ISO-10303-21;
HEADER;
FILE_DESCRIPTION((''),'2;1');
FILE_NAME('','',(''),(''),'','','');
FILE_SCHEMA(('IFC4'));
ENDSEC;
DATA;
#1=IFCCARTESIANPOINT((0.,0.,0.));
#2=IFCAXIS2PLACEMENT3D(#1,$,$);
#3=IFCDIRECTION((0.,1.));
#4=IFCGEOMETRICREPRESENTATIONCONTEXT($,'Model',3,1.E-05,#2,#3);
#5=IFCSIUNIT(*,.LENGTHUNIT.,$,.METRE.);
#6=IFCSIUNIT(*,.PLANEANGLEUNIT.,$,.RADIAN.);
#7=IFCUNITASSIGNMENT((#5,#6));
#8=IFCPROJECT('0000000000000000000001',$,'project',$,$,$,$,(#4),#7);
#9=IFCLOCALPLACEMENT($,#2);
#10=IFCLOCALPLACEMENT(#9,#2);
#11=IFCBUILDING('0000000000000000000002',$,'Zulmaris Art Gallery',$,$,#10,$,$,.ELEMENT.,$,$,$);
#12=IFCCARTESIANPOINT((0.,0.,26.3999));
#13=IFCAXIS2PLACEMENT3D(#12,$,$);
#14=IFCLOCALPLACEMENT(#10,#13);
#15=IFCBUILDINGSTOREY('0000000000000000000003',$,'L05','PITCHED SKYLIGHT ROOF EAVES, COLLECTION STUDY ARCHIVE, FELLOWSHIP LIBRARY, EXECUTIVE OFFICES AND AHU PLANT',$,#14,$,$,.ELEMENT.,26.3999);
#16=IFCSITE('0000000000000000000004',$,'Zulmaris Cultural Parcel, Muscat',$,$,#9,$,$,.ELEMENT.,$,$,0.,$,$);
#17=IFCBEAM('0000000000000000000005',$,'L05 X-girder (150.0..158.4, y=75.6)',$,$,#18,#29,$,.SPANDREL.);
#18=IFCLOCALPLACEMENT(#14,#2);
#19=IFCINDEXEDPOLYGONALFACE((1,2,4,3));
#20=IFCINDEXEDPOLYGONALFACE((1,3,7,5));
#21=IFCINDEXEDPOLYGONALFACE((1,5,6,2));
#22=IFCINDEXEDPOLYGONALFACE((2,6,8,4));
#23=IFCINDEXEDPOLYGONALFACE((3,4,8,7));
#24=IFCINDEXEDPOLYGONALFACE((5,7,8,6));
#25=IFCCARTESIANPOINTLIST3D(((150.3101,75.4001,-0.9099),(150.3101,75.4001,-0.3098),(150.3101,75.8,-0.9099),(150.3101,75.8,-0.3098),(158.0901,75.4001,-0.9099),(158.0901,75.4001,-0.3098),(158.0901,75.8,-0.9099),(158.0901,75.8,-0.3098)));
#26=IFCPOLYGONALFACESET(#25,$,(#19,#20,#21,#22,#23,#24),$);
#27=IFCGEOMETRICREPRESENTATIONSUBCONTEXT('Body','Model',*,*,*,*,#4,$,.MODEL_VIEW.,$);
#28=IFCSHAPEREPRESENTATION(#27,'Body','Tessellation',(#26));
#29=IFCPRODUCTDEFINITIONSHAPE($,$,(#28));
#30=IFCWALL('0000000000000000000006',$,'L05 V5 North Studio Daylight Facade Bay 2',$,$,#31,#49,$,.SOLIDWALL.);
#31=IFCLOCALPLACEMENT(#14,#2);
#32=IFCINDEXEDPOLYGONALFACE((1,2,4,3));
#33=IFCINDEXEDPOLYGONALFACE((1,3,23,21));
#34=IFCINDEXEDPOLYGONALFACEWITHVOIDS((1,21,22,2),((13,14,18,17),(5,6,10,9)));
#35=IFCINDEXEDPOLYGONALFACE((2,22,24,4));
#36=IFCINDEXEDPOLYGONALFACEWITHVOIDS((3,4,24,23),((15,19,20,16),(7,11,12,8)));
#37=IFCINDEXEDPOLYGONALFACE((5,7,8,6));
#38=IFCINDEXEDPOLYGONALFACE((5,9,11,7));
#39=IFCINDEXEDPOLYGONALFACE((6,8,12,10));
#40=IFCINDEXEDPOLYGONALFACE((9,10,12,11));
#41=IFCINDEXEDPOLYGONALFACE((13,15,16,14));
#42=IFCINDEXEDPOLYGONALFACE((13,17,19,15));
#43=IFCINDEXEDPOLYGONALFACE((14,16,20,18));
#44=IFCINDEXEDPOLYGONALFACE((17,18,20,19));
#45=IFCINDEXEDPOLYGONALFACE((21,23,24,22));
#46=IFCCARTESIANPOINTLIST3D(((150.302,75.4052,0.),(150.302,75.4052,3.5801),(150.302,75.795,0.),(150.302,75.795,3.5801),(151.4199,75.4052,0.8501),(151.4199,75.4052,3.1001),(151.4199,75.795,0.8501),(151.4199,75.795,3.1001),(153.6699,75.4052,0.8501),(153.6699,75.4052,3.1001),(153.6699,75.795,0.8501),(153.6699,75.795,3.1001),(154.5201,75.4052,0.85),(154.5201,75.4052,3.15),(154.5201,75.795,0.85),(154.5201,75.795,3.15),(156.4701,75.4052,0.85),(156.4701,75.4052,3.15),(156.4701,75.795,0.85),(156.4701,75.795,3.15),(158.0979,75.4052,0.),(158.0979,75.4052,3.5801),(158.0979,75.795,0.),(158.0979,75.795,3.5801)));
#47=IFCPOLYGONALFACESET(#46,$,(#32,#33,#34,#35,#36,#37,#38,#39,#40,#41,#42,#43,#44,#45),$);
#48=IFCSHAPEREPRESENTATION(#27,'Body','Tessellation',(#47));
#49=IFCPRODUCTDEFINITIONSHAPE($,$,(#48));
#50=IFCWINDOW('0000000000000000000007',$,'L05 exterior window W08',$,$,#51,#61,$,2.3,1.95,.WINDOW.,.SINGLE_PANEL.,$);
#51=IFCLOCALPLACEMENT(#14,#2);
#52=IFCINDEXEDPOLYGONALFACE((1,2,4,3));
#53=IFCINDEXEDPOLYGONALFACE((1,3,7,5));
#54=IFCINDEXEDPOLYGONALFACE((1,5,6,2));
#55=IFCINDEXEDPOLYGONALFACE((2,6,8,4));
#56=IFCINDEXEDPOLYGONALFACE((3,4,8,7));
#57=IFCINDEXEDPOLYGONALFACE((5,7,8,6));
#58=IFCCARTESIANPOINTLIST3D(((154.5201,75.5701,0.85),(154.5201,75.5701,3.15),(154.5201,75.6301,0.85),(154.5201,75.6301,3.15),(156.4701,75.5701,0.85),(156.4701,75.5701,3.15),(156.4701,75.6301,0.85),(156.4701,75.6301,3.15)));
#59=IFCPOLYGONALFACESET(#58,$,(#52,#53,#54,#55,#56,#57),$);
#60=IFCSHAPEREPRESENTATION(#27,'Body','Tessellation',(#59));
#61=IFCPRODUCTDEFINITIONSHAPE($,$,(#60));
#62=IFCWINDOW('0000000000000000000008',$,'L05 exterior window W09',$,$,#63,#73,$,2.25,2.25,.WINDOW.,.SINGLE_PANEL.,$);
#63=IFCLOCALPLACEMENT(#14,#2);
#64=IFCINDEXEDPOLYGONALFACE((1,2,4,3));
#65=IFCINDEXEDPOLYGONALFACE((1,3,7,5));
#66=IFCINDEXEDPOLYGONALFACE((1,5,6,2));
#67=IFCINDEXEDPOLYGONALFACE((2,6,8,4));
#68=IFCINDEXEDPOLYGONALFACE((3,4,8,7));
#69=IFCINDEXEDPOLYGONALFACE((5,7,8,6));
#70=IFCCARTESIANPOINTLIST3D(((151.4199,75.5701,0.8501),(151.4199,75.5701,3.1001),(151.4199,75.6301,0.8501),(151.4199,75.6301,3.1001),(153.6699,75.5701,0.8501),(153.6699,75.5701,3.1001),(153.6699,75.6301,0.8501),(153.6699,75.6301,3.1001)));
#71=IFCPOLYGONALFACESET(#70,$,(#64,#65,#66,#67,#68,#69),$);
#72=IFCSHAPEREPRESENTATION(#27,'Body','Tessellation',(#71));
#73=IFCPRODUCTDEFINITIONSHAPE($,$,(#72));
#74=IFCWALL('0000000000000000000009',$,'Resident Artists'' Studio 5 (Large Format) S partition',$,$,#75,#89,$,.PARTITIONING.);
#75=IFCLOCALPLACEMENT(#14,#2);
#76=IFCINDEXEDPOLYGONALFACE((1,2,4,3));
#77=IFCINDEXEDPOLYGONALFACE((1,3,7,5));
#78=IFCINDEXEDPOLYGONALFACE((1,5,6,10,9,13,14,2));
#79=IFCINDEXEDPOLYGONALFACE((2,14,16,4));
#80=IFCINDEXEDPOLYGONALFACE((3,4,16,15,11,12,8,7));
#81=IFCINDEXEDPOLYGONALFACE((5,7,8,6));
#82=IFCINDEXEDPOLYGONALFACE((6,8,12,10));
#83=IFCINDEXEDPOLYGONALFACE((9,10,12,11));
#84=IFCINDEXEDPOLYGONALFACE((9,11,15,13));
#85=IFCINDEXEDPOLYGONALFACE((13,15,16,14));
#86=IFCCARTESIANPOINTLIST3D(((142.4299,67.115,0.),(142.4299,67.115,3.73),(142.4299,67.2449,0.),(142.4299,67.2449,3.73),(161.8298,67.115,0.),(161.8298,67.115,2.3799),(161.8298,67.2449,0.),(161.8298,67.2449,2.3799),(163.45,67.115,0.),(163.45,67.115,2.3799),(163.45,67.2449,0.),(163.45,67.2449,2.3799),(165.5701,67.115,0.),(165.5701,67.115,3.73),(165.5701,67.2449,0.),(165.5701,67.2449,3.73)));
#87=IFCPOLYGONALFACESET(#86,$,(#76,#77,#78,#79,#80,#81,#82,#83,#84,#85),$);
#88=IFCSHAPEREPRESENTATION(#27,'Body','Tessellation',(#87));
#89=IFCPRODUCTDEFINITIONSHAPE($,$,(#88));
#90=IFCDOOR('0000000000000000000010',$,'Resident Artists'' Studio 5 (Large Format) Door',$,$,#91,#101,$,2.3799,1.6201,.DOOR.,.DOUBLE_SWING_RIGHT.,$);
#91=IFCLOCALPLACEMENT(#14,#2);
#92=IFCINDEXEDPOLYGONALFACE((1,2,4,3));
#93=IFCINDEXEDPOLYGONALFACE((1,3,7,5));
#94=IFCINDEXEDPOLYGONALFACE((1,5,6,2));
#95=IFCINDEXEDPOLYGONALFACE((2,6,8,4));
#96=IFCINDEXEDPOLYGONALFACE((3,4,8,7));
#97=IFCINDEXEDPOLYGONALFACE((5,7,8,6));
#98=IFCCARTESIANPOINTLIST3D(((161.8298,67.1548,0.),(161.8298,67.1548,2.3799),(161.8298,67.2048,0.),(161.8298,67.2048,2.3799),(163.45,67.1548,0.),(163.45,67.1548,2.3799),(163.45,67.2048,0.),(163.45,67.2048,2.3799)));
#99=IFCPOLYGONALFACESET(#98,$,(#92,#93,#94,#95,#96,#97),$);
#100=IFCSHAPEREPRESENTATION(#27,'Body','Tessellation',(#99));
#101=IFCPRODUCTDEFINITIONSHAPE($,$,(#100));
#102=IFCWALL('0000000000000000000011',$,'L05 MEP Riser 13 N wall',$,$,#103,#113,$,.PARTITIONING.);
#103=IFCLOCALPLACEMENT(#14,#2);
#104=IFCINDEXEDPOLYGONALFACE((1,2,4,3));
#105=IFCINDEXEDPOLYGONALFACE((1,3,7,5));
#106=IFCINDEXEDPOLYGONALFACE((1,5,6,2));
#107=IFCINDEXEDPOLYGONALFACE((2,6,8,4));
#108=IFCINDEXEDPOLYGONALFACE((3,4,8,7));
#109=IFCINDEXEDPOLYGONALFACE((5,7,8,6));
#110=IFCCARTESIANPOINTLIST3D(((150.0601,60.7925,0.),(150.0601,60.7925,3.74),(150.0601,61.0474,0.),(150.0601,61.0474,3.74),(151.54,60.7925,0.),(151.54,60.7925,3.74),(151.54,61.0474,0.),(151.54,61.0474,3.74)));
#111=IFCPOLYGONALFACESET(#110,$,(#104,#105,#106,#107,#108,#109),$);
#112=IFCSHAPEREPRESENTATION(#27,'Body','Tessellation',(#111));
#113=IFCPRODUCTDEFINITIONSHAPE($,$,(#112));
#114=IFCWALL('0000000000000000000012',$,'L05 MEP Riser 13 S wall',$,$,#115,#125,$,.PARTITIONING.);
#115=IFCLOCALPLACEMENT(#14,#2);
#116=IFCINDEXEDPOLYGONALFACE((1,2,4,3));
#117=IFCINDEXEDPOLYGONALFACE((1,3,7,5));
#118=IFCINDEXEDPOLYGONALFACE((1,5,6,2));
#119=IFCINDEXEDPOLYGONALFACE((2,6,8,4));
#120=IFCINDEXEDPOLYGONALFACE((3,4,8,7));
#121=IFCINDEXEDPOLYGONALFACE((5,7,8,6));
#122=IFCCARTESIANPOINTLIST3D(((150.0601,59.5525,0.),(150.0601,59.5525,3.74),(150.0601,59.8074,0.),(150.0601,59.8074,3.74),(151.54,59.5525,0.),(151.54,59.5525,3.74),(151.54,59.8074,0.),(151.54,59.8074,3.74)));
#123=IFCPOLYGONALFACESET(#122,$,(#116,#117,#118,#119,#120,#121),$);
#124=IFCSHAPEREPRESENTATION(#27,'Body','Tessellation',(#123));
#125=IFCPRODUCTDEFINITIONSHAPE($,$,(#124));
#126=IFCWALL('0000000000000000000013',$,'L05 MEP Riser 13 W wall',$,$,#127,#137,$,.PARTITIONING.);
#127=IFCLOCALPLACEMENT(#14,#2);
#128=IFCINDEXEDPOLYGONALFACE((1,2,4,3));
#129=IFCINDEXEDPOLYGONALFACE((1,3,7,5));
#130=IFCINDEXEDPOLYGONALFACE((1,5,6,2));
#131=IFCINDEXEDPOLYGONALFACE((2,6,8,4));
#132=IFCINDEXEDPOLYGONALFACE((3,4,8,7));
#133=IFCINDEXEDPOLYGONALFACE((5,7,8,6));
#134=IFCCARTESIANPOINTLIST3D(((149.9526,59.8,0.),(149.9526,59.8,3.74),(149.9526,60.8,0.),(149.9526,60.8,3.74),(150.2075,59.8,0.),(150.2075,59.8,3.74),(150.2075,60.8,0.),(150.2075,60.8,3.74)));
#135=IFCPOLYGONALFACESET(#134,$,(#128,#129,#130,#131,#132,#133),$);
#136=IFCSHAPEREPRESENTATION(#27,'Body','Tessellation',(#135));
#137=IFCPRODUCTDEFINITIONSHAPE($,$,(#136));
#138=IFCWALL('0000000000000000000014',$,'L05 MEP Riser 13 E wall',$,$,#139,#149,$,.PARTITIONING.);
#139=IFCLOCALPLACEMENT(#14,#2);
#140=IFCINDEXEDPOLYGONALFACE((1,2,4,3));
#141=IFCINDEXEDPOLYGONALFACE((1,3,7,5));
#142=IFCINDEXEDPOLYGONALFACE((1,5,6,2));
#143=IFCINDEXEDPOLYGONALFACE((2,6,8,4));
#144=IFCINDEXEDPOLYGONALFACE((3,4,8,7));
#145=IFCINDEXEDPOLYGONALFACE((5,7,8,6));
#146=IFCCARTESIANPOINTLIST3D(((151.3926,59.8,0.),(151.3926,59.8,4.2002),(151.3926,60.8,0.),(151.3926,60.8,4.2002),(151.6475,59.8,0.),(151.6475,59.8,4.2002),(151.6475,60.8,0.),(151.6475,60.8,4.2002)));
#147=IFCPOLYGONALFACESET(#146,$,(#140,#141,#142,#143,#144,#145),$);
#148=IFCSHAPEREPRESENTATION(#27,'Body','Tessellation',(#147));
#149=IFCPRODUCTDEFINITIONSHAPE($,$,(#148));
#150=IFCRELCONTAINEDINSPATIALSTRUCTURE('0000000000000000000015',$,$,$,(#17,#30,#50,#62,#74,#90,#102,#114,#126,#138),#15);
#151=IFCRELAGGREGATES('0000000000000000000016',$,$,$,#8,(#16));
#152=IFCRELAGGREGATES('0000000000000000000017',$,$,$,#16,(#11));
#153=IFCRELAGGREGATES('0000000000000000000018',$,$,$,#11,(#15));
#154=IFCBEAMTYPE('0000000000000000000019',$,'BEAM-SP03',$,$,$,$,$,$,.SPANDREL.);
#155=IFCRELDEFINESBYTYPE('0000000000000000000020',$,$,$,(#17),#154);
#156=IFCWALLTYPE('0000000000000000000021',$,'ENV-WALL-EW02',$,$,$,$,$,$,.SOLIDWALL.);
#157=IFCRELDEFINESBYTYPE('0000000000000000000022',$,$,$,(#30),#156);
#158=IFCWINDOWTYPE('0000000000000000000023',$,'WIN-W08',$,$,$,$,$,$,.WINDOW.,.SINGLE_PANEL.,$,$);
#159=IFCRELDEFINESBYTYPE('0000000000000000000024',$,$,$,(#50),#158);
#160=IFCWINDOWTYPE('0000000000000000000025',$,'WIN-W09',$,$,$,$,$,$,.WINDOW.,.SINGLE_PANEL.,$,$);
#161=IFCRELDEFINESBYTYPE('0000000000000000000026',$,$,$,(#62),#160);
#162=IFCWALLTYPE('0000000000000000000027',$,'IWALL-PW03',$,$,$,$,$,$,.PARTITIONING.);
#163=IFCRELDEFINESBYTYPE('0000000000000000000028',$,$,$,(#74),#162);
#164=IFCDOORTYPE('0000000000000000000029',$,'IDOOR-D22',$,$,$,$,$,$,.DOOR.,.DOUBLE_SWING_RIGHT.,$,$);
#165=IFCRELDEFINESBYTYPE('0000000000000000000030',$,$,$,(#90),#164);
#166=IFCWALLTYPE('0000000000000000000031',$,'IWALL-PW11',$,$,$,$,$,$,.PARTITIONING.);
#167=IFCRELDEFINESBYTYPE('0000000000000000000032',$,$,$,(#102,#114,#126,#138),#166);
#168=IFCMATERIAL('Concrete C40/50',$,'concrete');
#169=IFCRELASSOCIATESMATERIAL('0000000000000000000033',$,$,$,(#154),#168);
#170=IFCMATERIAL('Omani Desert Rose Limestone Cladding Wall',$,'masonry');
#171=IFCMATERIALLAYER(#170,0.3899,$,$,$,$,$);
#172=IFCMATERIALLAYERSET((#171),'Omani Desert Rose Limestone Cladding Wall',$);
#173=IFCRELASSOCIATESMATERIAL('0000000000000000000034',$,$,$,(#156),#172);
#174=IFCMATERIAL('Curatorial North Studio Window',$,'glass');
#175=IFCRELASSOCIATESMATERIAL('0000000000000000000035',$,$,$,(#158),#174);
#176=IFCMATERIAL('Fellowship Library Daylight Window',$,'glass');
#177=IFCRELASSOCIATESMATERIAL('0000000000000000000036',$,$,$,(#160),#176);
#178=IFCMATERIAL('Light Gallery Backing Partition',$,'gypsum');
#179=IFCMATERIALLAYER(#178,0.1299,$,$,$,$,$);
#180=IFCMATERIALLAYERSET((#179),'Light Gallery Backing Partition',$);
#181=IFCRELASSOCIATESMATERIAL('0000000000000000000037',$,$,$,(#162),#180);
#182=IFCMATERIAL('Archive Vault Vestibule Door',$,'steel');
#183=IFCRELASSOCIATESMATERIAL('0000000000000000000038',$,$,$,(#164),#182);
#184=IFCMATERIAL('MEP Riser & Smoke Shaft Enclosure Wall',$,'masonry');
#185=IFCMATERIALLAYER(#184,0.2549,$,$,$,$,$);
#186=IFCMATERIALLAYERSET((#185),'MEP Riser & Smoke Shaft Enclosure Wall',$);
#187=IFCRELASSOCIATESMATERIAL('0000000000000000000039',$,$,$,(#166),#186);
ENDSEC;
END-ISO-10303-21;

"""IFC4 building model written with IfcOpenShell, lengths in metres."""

from ifc_helpers import new_model, si_unit, direction, frame, frame_2d, origin, origin_2d, place, context, subcontext, project, spatial, rectangle, extrude, material, layer, layer_set, material_profile, profile_set, type_object, element, fill, save


model = new_model("IFC4")

# Units and contexts
model_context = context("Model", 3, precision=1e-05, world=origin(), true_north=direction((0.0, 1.0)))
body_context = subcontext(model_context, "Body", "Model", "MODEL_VIEW")
ifc_project = project(units=[si_unit("LENGTHUNIT", "METRE"), si_unit("PLANEANGLEUNIT", "RADIAN")], contexts=[model_context])

# Site, building, storey
site_placement = place(None, origin())
site = spatial("IfcSite", under=ifc_project, at=site_placement, Name="Zulmaris Cultural Parcel, Muscat", CompositionType="ELEMENT", RefElevation=0.0)
building_placement = place(site_placement, origin())
building = spatial("IfcBuilding", under=site, at=building_placement, Name="Zulmaris Art Gallery", CompositionType="ELEMENT")
storey_placement = place(building_placement, frame((0.0, 0.0, 26.3999)))
storey = spatial("IfcBuildingStorey", under=building, at=storey_placement, Name="L05", Description="PITCHED SKYLIGHT ROOF EAVES, COLLECTION STUDY ARCHIVE, FELLOWSHIP LIBRARY, EXECUTIVE OFFICES AND AHU PLANT", CompositionType="ELEMENT", Elevation=26.3999)

# Shared definitions
ifc_material_1 = material(Name="Concrete C40/50", Category="concrete")

# Beam
ifc_material_profile_1 = material_profile(ifc_material_1, rectangle(XDim=0.3999, YDim=0.6001, at=origin_2d()), Name="RC 400x600")
ifc_profile_set_1 = profile_set([ifc_material_profile_1], Name="Concrete C40/50")
beam_type_1 = type_object("IfcBeamType", Name="BEAM-SP03", PredefinedType="SPANDREL", material=ifc_profile_set_1)
beam_1_placement = place(storey_placement, frame((150.3101, 75.6001, -0.6099), z_axis=(1.0, 0.0, 0.0), x_axis=(0.0, 1.0, 0.0)))
element("IfcBeam", 1, at=beam_1_placement, inside=storey, type_object=beam_type_1, Name="L05 X-girder (150.0..158.4, y=75.6)", PredefinedType="SPANDREL", context=body_context, shape_type="SweptSolid", body=[
    extrude(rectangle(XDim=0.3999, YDim=0.6001, at=origin_2d()), origin(), (0.0, 0.0, 1.0), 7.78),
])

# Wall, openings, windows
ifc_material_2 = material(Name="Omani Desert Rose Limestone Cladding Wall", Category="masonry")
ifc_layer_1 = layer(ifc_material_2, 0.3899)
ifc_layer_set_1 = layer_set([ifc_layer_1], Name="Omani Desert Rose Limestone Cladding Wall")
wall_type_1 = type_object("IfcWallType", Name="ENV-WALL-EW02", PredefinedType="SOLIDWALL", material=ifc_layer_set_1)
wall_1_placement = place(storey_placement, frame((150.302, 75.6001, 0.0), z_axis=(0.0, 0.0, 1.0), x_axis=(1.0, 0.0, 0.0)))
wall_1 = element("IfcWall", 2, at=wall_1_placement, inside=storey, type_object=wall_type_1, Name="L05 V5 North Studio Daylight Facade Bay 2", PredefinedType="SOLIDWALL", context=body_context, shape_type="SweptSolid", body=[
    extrude(rectangle(XDim=7.7959, YDim=0.3899, at=frame_2d((3.8979, 0.0))), origin(), (0.0, 0.0, 1.0), 3.5801),
])
opening_1_placement = place(wall_1_placement, frame((1.1179, 0.0, 0.8501)))
opening_1 = element("IfcOpeningElement", 3, at=opening_1_placement, cuts=wall_1, PredefinedType="OPENING", context=body_context, shape_type="SweptSolid", body=[
    extrude(rectangle(XDim=2.25, YDim=2.25, at=frame_2d((1.125, 1.125))), frame((0.0, 0.2048, 0.0), z_axis=(0.0, -1.0, 0.0), x_axis=(1.0, 0.0, 0.0)), (0.0, 0.0, 1.0), 0.4099),
])
opening_2_placement = place(wall_1_placement, frame((4.218, 0.0, 0.8501)))
opening_2 = element("IfcOpeningElement", 4, at=opening_2_placement, cuts=wall_1, PredefinedType="OPENING", context=body_context, shape_type="SweptSolid", body=[
    extrude(rectangle(XDim=1.95, YDim=2.3, at=frame_2d((0.9751, 1.1499))), frame((0.0, 0.2048, 0.0), z_axis=(0.0, -1.0, 0.0), x_axis=(1.0, 0.0, 0.0)), (0.0, 0.0, 1.0), 0.4099),
])
ifc_material_3 = material(Name="Curatorial North Studio Window", Category="glass")
window_type_1 = type_object("IfcWindowType", Name="WIN-W08", PartitioningType="SINGLE_PANEL", PredefinedType="WINDOW", material=ifc_material_3)
window_1_placement = place(opening_2_placement, origin())
window_1 = element("IfcWindow", 5, at=window_1_placement, inside=storey, type_object=window_type_1, Name="L05 exterior window W08", OverallHeight=2.3, OverallWidth=1.95, PartitioningType="SINGLE_PANEL", PredefinedType="WINDOW", context=body_context, shape_type="SweptSolid", body=[
    extrude(rectangle(XDim=1.95, YDim=2.3, at=frame_2d((0.9751, 1.1499))), frame((0.0, 0.03, 0.0), z_axis=(0.0, -1.0, 0.0), x_axis=(1.0, 0.0, 0.0)), (0.0, 0.0, 1.0), 0.0601),
])
fill(opening_2, window_1)
ifc_material_4 = material(Name="Fellowship Library Daylight Window", Category="glass")
window_type_2 = type_object("IfcWindowType", Name="WIN-W09", PartitioningType="SINGLE_PANEL", PredefinedType="WINDOW", material=ifc_material_4)
window_2_placement = place(opening_1_placement, origin())
window_2 = element("IfcWindow", 6, at=window_2_placement, inside=storey, type_object=window_type_2, Name="L05 exterior window W09", OverallHeight=2.25, OverallWidth=2.25, PartitioningType="SINGLE_PANEL", PredefinedType="WINDOW", context=body_context, shape_type="SweptSolid", body=[
    extrude(rectangle(XDim=2.25, YDim=2.25, at=frame_2d((1.125, 1.125))), frame((0.0, 0.03, 0.0), z_axis=(0.0, -1.0, 0.0), x_axis=(1.0, 0.0, 0.0)), (0.0, 0.0, 1.0), 0.0601),
])
fill(opening_1, window_2)

# Wall, opening, door
ifc_material_5 = material(Name="Light Gallery Backing Partition", Category="gypsum")
ifc_layer_2 = layer(ifc_material_5, 0.1299)
ifc_layer_set_2 = layer_set([ifc_layer_2], Name="Light Gallery Backing Partition")
wall_type_2 = type_object("IfcWallType", Name="IWALL-PW03", PredefinedType="PARTITIONING", material=ifc_layer_set_2)
wall_2_placement = place(storey_placement, frame((142.4299, 67.1799, 0.0), z_axis=(0.0, 0.0, 1.0), x_axis=(1.0, 0.0, 0.0)))
wall_2 = element("IfcWall", 7, at=wall_2_placement, inside=storey, type_object=wall_type_2, Name="Resident Artists' Studio 5 (Large Format) S partition", PredefinedType="PARTITIONING", context=body_context, shape_type="SweptSolid", body=[
    extrude(rectangle(XDim=23.1401, YDim=0.1299, at=frame_2d((11.5701, 0.0))), origin(), (0.0, 0.0, 1.0), 3.73),
])
opening_3_placement = place(wall_2_placement, frame((19.3999, 0.0, 0.0)))
opening_3 = element("IfcOpeningElement", 8, at=opening_3_placement, cuts=wall_2, PredefinedType="OPENING", context=body_context, shape_type="SweptSolid", body=[
    extrude(rectangle(XDim=1.6201, YDim=2.3799, at=frame_2d((0.8101, 1.1899))), frame((0.0, 0.075, 0.0), z_axis=(0.0, -1.0, 0.0), x_axis=(1.0, 0.0, 0.0)), (0.0, 0.0, 1.0), 0.1499),
])
ifc_material_6 = material(Name="Archive Vault Vestibule Door", Category="steel")
door_type = type_object("IfcDoorType", Name="IDOOR-D22", OperationType="DOUBLE_SWING_RIGHT", PredefinedType="DOOR", material=ifc_material_6)
door_placement = place(opening_3_placement, origin())
door = element("IfcDoor", 9, at=door_placement, inside=storey, type_object=door_type, Name="Resident Artists' Studio 5 (Large Format) Door", OperationType="DOUBLE_SWING_RIGHT", OverallHeight=2.3799, OverallWidth=1.6201, PredefinedType="DOOR", context=body_context, shape_type="SweptSolid", body=[
    extrude(rectangle(XDim=1.6201, YDim=2.3799, at=frame_2d((0.8101, 1.1899))), frame((0.0, 0.0249, 0.0), z_axis=(0.0, -1.0, 0.0), x_axis=(1.0, 0.0, 0.0)), (0.0, 0.0, 1.0), 0.05),
])
fill(opening_3, door)

# Walls
ifc_material_7 = material(Name="MEP Riser & Smoke Shaft Enclosure Wall", Category="masonry")
ifc_layer_3 = layer(ifc_material_7, 0.2549)
ifc_layer_set_3 = layer_set([ifc_layer_3], Name="MEP Riser & Smoke Shaft Enclosure Wall")
wall_type_3 = type_object("IfcWallType", Name="IWALL-PW11", PredefinedType="PARTITIONING", material=ifc_layer_set_3)
for number, where, z_axis, x_axis, name in (
    (10, (150.0601, 60.9199, 0.0), (0.0, 0.0, 1.0), (1.0, 0.0, 0.0), "L05 MEP Riser 13 N wall"),
    (11, (150.0601, 59.6799, 0.0), (0.0, 0.0, 1.0), (1.0, 0.0, 0.0), "L05 MEP Riser 13 S wall"),
):
    element("IfcWall", number, at=place(storey_placement, frame(where, z_axis=z_axis, x_axis=x_axis)), inside=storey, type_object=wall_type_3, Name=name, PredefinedType="PARTITIONING", context=body_context, shape_type="SweptSolid", body=[
        extrude(rectangle(XDim=1.48, YDim=0.2549, at=frame_2d((0.74, 0.0))), origin(), (0.0, 0.0, 1.0), 3.74),
    ])
wall_3_placement = place(storey_placement, frame((150.0801, 59.8, 0.0), z_axis=(0.0, 0.0, 1.0), x_axis=(0.0, 1.0, 0.0)))
element("IfcWall", 12, at=wall_3_placement, inside=storey, type_object=wall_type_3, Name="L05 MEP Riser 13 W wall", PredefinedType="PARTITIONING", context=body_context, shape_type="SweptSolid", body=[
    extrude(rectangle(XDim=1.0, YDim=0.2549, at=frame_2d((0.5, 0.0))), origin(), (0.0, 0.0, 1.0), 3.74),
])
wall_4_placement = place(storey_placement, frame((151.52, 59.8, 0.0), z_axis=(0.0, 0.0, 1.0), x_axis=(0.0, 1.0, 0.0)))
element("IfcWall", 13, at=wall_4_placement, inside=storey, type_object=wall_type_3, Name="L05 MEP Riser 13 E wall", PredefinedType="PARTITIONING", context=body_context, shape_type="SweptSolid", body=[
    extrude(rectangle(XDim=1.0, YDim=0.2549, at=frame_2d((0.5, 0.0))), origin(), (0.0, 0.0, 1.0), 4.2002),
])

save(model, "model.ifc")
